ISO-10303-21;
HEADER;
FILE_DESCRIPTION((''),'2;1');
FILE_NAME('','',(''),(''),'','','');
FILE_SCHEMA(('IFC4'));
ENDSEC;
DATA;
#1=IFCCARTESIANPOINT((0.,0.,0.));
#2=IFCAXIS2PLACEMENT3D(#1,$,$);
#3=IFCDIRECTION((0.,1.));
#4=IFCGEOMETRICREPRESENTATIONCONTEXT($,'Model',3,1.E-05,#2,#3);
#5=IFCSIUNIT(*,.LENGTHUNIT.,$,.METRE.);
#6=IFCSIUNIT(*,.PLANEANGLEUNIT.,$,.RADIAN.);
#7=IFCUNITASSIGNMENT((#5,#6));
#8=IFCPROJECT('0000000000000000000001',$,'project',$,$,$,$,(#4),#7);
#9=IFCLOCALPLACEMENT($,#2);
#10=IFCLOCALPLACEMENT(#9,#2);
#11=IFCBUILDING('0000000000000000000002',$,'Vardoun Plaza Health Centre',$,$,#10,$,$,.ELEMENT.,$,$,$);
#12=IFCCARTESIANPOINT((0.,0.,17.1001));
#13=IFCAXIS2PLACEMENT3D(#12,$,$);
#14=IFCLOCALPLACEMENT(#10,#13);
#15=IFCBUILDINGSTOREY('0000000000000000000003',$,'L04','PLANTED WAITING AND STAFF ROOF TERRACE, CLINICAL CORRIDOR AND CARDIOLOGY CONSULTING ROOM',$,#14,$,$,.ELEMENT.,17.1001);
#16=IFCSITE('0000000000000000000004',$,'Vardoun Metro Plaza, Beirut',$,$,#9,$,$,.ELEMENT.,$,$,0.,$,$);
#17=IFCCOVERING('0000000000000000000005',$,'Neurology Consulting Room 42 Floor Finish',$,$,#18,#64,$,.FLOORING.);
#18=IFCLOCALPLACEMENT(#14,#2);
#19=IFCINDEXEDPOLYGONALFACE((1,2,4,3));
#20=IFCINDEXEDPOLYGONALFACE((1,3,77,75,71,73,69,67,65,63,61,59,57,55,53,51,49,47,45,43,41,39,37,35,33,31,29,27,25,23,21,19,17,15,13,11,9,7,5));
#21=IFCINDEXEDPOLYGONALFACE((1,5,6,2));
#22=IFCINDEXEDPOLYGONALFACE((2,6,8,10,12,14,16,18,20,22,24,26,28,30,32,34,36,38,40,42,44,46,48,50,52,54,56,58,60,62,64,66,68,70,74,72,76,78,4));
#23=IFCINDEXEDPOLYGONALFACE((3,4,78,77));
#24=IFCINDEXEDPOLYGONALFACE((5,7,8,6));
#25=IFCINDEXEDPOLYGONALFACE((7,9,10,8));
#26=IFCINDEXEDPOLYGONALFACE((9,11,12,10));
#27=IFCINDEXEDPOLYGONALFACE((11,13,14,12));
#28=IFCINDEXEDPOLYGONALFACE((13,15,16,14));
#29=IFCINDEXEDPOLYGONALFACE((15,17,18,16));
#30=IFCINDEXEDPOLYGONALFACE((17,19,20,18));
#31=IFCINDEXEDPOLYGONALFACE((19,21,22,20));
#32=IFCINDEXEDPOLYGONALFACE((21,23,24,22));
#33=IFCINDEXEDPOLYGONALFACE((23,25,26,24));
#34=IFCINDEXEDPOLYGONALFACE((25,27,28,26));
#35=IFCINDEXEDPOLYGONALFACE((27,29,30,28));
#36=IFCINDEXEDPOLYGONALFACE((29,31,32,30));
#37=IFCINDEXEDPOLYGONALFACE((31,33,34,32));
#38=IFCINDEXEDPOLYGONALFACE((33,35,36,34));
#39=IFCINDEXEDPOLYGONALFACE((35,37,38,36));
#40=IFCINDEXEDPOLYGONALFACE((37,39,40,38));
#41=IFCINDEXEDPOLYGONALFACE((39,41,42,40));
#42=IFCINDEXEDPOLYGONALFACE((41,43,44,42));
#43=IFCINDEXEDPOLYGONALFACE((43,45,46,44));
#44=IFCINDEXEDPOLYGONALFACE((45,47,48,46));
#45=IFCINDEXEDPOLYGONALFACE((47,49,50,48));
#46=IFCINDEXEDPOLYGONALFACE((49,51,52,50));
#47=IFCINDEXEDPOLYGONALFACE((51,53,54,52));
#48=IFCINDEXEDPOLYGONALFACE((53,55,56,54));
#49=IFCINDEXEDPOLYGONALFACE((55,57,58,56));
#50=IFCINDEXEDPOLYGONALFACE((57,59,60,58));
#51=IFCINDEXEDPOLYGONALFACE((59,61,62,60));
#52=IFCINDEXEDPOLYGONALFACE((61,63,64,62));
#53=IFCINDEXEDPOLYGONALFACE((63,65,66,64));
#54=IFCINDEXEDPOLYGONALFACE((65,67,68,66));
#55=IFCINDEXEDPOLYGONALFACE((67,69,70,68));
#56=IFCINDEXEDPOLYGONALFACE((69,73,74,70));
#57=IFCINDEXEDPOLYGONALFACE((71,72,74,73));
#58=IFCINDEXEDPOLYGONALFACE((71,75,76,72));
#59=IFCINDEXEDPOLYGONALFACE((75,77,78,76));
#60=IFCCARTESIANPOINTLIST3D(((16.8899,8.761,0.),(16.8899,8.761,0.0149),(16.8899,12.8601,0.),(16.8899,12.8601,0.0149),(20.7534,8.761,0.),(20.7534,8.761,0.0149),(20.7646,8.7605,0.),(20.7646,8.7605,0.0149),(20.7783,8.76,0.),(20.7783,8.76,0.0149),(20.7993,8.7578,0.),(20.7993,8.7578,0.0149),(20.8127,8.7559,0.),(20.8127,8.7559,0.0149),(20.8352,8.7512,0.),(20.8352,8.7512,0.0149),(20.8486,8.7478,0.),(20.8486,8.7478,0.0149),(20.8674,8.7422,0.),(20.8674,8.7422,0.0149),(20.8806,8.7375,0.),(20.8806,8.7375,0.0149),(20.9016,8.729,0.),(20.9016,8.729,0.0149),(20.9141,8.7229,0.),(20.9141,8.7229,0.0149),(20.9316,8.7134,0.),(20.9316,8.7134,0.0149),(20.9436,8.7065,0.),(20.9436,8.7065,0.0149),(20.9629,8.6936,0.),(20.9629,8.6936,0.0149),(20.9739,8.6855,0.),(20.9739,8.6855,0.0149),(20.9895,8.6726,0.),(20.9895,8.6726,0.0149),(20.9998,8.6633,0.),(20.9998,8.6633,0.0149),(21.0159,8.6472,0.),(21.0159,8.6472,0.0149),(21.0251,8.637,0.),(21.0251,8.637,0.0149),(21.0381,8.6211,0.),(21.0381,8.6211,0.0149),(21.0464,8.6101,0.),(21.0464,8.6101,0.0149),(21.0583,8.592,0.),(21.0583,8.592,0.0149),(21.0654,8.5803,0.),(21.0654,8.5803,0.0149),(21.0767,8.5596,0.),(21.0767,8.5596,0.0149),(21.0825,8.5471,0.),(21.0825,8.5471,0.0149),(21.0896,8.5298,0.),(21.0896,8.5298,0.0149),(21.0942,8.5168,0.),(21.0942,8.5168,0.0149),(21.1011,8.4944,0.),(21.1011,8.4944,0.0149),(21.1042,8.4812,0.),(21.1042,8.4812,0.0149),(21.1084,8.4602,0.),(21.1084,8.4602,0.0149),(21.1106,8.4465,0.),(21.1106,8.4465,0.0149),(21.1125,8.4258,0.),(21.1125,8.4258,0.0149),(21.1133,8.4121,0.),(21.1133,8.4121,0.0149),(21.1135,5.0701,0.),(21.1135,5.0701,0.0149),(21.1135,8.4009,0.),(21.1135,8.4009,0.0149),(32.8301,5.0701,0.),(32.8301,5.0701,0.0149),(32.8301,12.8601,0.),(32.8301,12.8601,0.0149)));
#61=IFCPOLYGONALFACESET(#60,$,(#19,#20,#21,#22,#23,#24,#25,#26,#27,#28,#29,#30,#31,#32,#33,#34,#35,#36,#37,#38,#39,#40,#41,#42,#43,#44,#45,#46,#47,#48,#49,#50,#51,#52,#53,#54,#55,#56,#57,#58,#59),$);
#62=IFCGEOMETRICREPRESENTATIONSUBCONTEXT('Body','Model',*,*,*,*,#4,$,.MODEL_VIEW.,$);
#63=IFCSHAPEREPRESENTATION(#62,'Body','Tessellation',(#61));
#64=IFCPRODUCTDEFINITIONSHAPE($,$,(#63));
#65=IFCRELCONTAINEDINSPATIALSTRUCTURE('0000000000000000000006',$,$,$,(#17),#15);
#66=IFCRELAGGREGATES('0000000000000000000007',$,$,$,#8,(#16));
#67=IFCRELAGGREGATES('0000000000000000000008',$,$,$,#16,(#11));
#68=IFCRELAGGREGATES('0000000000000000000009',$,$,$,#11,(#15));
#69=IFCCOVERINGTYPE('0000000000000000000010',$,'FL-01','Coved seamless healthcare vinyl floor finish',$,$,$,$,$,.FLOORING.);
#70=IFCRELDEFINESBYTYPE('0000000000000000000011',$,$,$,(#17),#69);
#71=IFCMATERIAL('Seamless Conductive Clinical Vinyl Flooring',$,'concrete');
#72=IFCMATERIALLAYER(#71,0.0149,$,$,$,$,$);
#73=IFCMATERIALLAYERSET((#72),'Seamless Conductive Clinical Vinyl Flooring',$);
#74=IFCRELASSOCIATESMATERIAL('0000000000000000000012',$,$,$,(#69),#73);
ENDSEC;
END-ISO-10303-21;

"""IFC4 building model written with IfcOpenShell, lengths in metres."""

from ifc_helpers import new_model, si_unit, direction, frame, origin, place, context, subcontext, project, spatial, polyline, outline, extrude, material, layer, layer_set, type_object, element, save


model = new_model("IFC4")

# Units and contexts
model_context = context("Model", 3, precision=1e-05, world=origin(), true_north=direction((0.0, 1.0)))
body_context = subcontext(model_context, "Body", "Model", "MODEL_VIEW")
ifc_project = project(units=[si_unit("LENGTHUNIT", "METRE"), si_unit("PLANEANGLEUNIT", "RADIAN")], contexts=[model_context])

# Site, building, storey
site_placement = place(None, origin())
site = spatial("IfcSite", under=ifc_project, at=site_placement, Name="Vardoun Metro Plaza, Beirut", CompositionType="ELEMENT", RefElevation=0.0)
building_placement = place(site_placement, origin())
building = spatial("IfcBuilding", under=site, at=building_placement, Name="Vardoun Plaza Health Centre", CompositionType="ELEMENT")
storey_placement = place(building_placement, frame((0.0, 0.0, 17.1001)))
storey = spatial("IfcBuildingStorey", under=building, at=storey_placement, Name="L04", Description="PLANTED WAITING AND STAFF ROOF TERRACE, CLINICAL CORRIDOR AND CARDIOLOGY CONSULTING ROOM", CompositionType="ELEMENT", Elevation=17.1001)

# Covering
ifc_material_1 = material(Name="Seamless Conductive Clinical Vinyl Flooring", Category="concrete")
ifc_layer_1 = layer(ifc_material_1, 0.0149)
ifc_layer_set_1 = layer_set([ifc_layer_1], Name="Seamless Conductive Clinical Vinyl Flooring")
covering_type_1 = type_object("IfcCoveringType", Name="FL-01", Description="Coved seamless healthcare vinyl floor finish", PredefinedType="FLOORING", material=ifc_layer_set_1)
covering_1_placement = place(storey_placement, origin())
element("IfcCovering", 1, at=covering_1_placement, inside=storey, type_object=covering_type_1, Name="Neurology Consulting Room 42 Floor Finish", PredefinedType="FLOORING", context=body_context, shape_type="SweptSolid", body=[
    extrude(outline(polyline([(21.1135, 5.0701), (21.1135, 8.4009), (21.1133, 8.4121), (21.1125, 8.4258), (21.1106, 8.4465), (21.1084, 8.4602), (21.1042, 8.4812), (21.1011, 8.4944), (21.0942, 8.5168), (21.0896, 8.5298), (21.0825, 8.5471), (21.0767, 8.5596), (21.0654, 8.5803), (21.0583, 8.592), (21.0464, 8.6101), (21.0381, 8.6211), (21.0251, 8.637), (21.0159, 8.6472), (20.9998, 8.6633), (20.9895, 8.6726), (20.9739, 8.6855), (20.9629, 8.6936), (20.9436, 8.7065), (20.9316, 8.7134), (20.9141, 8.7229), (20.9016, 8.729), (20.8806, 8.7375), (20.8674, 8.7422), (20.8486, 8.7478), (20.8352, 8.7512), (20.8127, 8.7559), (20.7993, 8.7578), (20.7783, 8.76), (20.7646, 8.7605), (20.7534, 8.761), (16.8899, 8.761), (16.8899, 12.8601), (32.8301, 12.8601), (32.8301, 5.0701), (21.1135, 5.0701)])), origin(), (0.0, 0.0, 1.0), 0.0149),
])

save(model, "model.ifc")
